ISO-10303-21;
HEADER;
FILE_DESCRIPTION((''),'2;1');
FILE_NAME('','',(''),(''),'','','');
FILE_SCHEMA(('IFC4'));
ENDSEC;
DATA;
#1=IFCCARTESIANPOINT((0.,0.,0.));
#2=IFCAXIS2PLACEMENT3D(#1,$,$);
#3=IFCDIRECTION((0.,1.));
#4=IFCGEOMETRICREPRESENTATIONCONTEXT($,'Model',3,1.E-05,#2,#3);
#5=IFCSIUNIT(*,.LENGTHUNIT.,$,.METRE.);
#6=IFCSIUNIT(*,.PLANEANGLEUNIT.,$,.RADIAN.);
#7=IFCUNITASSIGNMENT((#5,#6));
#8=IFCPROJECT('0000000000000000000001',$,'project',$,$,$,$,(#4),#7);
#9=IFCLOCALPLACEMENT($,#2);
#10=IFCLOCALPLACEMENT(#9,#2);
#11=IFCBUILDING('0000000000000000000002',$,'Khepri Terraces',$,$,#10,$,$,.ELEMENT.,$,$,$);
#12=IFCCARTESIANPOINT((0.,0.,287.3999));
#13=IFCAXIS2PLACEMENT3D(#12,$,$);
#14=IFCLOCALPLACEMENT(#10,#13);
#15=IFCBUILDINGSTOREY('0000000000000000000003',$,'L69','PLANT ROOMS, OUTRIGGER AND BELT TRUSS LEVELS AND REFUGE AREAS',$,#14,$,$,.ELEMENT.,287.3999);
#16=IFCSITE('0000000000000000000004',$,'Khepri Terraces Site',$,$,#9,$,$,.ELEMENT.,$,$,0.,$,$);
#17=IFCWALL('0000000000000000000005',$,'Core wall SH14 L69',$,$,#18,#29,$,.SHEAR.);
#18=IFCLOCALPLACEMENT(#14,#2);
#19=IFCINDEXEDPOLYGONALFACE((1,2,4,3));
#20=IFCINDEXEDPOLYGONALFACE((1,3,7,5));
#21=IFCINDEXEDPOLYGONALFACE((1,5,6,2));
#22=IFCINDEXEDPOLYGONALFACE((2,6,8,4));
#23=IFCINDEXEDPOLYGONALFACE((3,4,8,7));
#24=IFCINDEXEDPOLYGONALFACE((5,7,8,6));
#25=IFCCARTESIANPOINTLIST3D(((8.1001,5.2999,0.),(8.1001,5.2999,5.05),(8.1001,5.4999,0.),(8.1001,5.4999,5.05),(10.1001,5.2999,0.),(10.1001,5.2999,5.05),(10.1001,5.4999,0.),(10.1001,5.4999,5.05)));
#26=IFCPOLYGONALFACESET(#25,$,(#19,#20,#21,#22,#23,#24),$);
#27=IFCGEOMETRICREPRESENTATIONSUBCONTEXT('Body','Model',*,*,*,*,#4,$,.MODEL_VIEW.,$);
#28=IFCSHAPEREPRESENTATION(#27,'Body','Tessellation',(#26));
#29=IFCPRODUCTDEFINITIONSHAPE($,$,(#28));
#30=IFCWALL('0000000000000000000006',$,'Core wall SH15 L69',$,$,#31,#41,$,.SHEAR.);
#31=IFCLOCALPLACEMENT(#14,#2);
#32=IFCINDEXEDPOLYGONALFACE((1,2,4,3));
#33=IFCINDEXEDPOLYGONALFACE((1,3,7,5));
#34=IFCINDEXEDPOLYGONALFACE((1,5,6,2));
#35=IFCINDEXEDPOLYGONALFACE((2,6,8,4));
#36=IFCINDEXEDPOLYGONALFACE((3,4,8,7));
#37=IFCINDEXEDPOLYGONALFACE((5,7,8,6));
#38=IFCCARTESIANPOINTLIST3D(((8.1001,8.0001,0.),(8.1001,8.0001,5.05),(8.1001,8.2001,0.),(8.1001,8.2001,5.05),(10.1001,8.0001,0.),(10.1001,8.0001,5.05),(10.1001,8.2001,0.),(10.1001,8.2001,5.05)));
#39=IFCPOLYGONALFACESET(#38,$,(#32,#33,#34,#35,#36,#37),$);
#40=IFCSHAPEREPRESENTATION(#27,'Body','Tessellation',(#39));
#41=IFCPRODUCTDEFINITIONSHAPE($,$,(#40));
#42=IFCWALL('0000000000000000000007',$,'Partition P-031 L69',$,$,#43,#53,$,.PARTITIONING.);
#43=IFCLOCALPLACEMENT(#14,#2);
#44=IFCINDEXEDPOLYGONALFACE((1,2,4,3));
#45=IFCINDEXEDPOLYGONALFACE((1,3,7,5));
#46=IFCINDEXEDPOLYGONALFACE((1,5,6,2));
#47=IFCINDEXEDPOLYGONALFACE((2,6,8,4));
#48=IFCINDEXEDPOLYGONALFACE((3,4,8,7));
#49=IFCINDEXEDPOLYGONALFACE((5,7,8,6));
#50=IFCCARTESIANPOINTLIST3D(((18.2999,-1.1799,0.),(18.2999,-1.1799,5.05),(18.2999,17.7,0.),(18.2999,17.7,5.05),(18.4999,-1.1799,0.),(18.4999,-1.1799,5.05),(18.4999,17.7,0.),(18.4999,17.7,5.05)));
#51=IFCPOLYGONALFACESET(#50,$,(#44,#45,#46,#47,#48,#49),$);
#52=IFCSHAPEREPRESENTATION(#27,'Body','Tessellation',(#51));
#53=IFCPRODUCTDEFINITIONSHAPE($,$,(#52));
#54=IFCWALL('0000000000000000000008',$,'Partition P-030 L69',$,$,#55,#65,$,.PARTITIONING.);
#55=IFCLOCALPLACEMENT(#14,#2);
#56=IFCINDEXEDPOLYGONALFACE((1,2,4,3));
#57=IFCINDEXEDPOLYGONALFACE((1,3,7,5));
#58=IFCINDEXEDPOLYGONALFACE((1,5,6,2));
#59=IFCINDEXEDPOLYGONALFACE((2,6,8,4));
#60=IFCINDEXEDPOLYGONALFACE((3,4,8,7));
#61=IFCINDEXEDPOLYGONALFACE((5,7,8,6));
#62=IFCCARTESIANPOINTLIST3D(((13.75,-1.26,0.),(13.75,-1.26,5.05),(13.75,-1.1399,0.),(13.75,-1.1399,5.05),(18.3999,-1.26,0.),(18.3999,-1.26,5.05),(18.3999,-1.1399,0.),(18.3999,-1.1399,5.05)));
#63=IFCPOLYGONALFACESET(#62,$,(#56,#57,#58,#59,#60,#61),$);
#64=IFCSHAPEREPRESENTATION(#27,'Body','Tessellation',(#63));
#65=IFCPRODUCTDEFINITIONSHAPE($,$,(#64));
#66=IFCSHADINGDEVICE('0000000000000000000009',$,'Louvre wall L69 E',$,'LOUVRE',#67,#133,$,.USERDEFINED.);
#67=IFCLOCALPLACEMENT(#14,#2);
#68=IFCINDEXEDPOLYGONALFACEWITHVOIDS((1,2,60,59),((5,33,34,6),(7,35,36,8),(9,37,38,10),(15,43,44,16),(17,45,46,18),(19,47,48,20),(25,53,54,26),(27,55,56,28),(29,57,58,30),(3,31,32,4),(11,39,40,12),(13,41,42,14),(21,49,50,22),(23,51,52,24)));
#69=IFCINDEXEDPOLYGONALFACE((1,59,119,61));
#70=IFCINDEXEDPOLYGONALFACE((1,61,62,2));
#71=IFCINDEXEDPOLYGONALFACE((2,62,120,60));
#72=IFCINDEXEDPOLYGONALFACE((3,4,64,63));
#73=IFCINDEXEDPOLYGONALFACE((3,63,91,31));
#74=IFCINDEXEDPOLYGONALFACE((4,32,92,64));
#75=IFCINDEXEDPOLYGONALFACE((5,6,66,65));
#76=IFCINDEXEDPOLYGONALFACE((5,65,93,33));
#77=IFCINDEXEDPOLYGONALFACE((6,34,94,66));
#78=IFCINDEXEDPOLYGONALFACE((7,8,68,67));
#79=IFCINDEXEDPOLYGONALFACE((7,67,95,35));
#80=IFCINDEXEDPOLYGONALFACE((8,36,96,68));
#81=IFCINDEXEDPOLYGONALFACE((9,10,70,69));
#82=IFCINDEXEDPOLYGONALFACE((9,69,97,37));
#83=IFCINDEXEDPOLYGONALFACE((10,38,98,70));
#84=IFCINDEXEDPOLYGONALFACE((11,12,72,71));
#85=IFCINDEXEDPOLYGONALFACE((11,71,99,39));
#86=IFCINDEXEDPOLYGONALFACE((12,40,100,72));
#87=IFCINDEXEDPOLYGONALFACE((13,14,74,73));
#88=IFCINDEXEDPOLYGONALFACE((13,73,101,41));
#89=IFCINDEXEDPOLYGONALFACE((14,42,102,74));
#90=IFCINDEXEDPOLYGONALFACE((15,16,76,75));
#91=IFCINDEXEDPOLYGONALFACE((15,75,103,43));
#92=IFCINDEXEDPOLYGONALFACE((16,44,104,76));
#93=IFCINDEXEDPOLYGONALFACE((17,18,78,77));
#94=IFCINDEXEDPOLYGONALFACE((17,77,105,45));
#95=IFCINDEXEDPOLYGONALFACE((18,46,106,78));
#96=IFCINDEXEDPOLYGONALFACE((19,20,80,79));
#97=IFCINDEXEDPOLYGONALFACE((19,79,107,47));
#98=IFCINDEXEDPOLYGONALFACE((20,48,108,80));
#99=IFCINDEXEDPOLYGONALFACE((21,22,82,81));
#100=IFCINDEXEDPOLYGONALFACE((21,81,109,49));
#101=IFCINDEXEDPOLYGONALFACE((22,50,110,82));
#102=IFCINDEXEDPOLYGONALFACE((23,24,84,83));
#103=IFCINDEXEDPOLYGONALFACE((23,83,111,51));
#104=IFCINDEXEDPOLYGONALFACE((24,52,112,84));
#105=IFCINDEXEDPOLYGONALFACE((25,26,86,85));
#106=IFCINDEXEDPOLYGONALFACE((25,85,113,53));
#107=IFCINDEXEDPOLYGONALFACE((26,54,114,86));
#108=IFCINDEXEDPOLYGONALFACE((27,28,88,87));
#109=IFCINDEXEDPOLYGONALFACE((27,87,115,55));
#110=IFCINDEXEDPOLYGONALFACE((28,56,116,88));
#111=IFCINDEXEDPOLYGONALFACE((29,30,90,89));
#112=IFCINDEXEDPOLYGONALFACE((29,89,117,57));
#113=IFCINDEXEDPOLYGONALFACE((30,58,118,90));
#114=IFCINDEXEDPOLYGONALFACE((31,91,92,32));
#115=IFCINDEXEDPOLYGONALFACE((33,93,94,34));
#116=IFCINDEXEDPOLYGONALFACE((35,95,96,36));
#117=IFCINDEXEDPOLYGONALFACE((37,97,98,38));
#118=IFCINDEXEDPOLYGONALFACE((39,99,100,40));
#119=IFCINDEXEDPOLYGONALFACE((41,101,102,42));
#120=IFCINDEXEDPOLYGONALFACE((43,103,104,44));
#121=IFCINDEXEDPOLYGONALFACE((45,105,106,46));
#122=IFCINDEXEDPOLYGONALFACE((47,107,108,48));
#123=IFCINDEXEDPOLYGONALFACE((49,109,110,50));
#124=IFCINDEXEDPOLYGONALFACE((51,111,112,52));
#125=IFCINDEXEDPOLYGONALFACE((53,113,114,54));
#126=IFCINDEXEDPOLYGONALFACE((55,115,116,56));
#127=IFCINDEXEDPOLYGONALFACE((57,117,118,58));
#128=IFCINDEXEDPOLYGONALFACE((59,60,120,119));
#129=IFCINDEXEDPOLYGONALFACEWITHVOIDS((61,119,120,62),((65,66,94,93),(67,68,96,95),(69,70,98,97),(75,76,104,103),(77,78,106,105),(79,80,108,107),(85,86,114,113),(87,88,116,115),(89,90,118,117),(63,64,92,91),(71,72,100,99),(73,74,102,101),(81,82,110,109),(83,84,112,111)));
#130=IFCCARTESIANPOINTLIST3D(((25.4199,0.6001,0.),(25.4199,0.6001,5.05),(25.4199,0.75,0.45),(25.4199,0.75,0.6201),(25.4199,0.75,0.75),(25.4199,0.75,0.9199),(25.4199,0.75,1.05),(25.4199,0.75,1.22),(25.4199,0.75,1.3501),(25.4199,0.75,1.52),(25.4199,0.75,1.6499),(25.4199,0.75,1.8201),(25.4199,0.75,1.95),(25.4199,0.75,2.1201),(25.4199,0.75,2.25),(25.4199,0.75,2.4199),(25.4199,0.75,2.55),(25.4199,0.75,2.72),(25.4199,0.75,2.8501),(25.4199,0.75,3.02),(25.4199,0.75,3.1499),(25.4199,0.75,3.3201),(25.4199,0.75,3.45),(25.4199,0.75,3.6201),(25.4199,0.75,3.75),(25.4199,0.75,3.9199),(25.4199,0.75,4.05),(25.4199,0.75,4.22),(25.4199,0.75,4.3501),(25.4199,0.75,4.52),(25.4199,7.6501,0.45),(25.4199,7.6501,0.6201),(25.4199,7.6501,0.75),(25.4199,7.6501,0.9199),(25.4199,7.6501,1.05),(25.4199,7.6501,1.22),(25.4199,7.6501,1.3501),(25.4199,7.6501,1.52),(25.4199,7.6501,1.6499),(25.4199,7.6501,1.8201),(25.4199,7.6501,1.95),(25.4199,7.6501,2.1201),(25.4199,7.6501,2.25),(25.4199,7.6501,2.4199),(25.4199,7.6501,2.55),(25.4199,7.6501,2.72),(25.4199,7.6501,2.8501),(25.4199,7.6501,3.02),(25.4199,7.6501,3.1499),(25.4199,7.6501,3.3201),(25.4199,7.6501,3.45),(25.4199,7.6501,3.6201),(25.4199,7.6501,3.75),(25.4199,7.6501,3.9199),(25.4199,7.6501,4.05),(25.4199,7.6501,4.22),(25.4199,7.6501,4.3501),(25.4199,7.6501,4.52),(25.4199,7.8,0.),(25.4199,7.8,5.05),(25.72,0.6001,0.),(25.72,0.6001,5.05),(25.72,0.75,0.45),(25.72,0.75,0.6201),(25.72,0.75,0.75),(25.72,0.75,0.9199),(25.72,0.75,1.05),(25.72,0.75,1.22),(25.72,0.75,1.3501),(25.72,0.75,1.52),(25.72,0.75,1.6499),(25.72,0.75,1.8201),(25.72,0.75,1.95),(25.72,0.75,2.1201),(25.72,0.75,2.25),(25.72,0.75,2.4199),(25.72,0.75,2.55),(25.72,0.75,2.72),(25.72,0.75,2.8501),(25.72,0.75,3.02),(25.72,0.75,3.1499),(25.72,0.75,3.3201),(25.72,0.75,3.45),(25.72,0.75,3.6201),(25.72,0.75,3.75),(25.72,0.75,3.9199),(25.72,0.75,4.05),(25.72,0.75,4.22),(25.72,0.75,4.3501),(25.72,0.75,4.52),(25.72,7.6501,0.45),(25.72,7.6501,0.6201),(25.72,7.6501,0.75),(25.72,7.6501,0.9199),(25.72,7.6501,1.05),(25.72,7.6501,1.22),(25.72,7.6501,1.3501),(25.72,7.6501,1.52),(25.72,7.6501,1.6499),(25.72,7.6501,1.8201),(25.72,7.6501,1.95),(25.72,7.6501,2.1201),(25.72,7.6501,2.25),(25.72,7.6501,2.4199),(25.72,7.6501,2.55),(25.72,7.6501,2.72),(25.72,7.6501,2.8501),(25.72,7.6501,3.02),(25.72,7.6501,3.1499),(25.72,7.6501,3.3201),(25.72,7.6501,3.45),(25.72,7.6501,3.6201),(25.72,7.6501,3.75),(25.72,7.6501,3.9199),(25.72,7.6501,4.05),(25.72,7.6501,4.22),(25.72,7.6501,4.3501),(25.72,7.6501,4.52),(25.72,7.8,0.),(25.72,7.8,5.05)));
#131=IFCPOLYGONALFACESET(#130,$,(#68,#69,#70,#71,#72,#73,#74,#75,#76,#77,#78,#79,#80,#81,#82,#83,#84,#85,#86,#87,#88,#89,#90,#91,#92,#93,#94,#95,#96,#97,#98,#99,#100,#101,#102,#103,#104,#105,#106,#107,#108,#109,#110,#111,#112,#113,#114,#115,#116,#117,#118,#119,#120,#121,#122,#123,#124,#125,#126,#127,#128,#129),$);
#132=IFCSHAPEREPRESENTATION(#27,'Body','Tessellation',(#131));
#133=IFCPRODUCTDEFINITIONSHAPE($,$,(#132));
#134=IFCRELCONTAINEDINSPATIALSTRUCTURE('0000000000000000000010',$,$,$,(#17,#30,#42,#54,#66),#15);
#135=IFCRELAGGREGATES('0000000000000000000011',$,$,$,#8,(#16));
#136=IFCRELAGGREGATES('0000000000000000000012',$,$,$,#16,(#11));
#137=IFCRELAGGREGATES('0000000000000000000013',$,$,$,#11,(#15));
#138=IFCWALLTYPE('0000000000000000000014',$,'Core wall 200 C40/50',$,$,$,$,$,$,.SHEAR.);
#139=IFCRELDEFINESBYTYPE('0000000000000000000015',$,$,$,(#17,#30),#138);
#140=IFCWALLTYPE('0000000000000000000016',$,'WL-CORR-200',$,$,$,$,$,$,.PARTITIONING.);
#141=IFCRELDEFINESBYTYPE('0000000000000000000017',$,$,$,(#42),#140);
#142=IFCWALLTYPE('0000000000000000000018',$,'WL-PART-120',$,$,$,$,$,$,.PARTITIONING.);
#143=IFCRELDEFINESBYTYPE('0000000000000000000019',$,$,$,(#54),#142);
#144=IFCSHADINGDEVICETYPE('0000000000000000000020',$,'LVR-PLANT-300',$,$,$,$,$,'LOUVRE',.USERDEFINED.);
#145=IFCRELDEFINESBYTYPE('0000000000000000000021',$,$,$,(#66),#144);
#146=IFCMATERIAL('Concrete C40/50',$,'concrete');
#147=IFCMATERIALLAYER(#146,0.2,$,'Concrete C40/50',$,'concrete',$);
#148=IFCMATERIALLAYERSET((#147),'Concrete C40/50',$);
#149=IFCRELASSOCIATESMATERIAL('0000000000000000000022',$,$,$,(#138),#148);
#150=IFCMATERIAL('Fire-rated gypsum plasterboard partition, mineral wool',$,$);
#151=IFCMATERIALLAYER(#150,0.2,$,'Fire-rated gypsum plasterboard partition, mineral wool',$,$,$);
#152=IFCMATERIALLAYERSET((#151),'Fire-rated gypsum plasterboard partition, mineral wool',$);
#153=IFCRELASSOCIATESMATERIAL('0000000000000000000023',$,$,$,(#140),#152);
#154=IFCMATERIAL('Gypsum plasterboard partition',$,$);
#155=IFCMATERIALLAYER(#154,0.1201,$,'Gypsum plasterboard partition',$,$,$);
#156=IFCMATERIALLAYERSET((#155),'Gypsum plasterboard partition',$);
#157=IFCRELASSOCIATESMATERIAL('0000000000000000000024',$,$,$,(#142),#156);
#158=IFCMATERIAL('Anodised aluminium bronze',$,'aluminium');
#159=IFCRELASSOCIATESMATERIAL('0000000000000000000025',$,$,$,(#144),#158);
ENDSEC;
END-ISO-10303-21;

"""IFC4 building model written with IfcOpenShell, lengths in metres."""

from ifc_helpers import new_model, si_unit, direction, frame, frame_2d, origin, place, context, subcontext, project, spatial, polyline, rectangle, outline, extrude, material, layer, layer_set, type_object, element, save


model = new_model("IFC4")

# Units and contexts
model_context = context("Model", 3, precision=1e-05, world=origin(), true_north=direction((0.0, 1.0)))
body_context = subcontext(model_context, "Body", "Model", "MODEL_VIEW")
ifc_project = project(units=[si_unit("LENGTHUNIT", "METRE"), si_unit("PLANEANGLEUNIT", "RADIAN")], contexts=[model_context])

# Site, building, storey
site_placement = place(None, origin())
site = spatial("IfcSite", under=ifc_project, at=site_placement, Name="Khepri Terraces Site", CompositionType="ELEMENT", RefElevation=0.0)
building_placement = place(site_placement, origin())
building = spatial("IfcBuilding", under=site, at=building_placement, Name="Khepri Terraces", CompositionType="ELEMENT")
storey_placement = place(building_placement, frame((0.0, 0.0, 287.3999)))
storey = spatial("IfcBuildingStorey", under=building, at=storey_placement, Name="L69", Description="PLANT ROOMS, OUTRIGGER AND BELT TRUSS LEVELS AND REFUGE AREAS", CompositionType="ELEMENT", Elevation=287.3999)

# Shared definitions
ifc_material_1 = material(Name="Concrete C40/50", Category="concrete")

# Walls
ifc_layer_1 = layer(ifc_material_1, 0.2, Name="Concrete C40/50", Category="concrete")
ifc_layer_set_1 = layer_set([ifc_layer_1], Name="Concrete C40/50")
wall_type_1 = type_object("IfcWallType", Name="Core wall 200 C40/50", PredefinedType="SHEAR", material=ifc_layer_set_1)
for number, where, z_axis, x_axis, name in (
    (1, (8.1001, 5.3999, 0.0), (0.0, 0.0, 1.0), (1.0, 0.0, 0.0), "Core wall SH14 L69"),
    (2, (8.1001, 8.1001, 0.0), (0.0, 0.0, 1.0), (1.0, 0.0, 0.0), "Core wall SH15 L69"),
):
    element("IfcWall", number, at=place(storey_placement, frame(where, z_axis=z_axis, x_axis=x_axis)), inside=storey, type_object=wall_type_1, Name=name, PredefinedType="SHEAR", context=body_context, shape_type="SweptSolid", body=[
        extrude(rectangle(XDim=2.0, YDim=0.2, at=frame_2d((1.0, 0.0))), origin(), (0.0, 0.0, 1.0), 5.05),
    ])
ifc_material_2 = material(Name="Fire-rated gypsum plasterboard partition, mineral wool")
ifc_layer_2 = layer(ifc_material_2, 0.2, Name="Fire-rated gypsum plasterboard partition, mineral wool")
ifc_layer_set_2 = layer_set([ifc_layer_2], Name="Fire-rated gypsum plasterboard partition, mineral wool")
wall_type_2 = type_object("IfcWallType", Name="WL-CORR-200", PredefinedType="PARTITIONING", material=ifc_layer_set_2)
wall_1_placement = place(storey_placement, frame((18.3999, -1.1799, 0.0), z_axis=(0.0, 0.0, 1.0), x_axis=(0.0, 1.0, 0.0)))
element("IfcWall", 3, at=wall_1_placement, inside=storey, type_object=wall_type_2, Name="Partition P-031 L69", PredefinedType="PARTITIONING", context=body_context, shape_type="SweptSolid", body=[
    extrude(rectangle(XDim=18.8799, YDim=0.2, at=frame_2d((9.4399, 0.0))), origin(), (0.0, 0.0, 1.0), 5.05),
])
ifc_material_3 = material(Name="Gypsum plasterboard partition")
ifc_layer_3 = layer(ifc_material_3, 0.1201, Name="Gypsum plasterboard partition")
ifc_layer_set_3 = layer_set([ifc_layer_3], Name="Gypsum plasterboard partition")
wall_type_3 = type_object("IfcWallType", Name="WL-PART-120", PredefinedType="PARTITIONING", material=ifc_layer_set_3)
wall_2_placement = place(storey_placement, frame((13.75, -1.2, 0.0), z_axis=(0.0, 0.0, 1.0), x_axis=(1.0, 0.0, 0.0)))
element("IfcWall", 4, at=wall_2_placement, inside=storey, type_object=wall_type_3, Name="Partition P-030 L69", PredefinedType="PARTITIONING", context=body_context, shape_type="SweptSolid", body=[
    extrude(rectangle(XDim=4.6499, YDim=0.1201, at=frame_2d((2.325, 0.0))), origin(), (0.0, 0.0, 1.0), 5.05),
])

# Shading device
ifc_material_4 = material(Name="Anodised aluminium bronze", Category="aluminium")
shading_device_type = type_object("IfcShadingDeviceType", Name="LVR-PLANT-300", ElementType="LOUVRE", PredefinedType="USERDEFINED", material=ifc_material_4)
shading_device_1_placement = place(storey_placement, frame((25.4199, 0.6001, 0.0), z_axis=(1.0, 0.0, 0.0), x_axis=(0.0, 1.0, 0.0)))
element("IfcShadingDevice", 5, at=shading_device_1_placement, inside=storey, type_object=shading_device_type, Name="Louvre wall L69 E", ObjectType="LOUVRE", PredefinedType="USERDEFINED", context=body_context, shape_type="SweptSolid", body=[
    extrude(outline(polyline([(0.0, 0.0), (7.2, 0.0), (7.2, 5.05), (0.0, 5.05), (0.0, 0.0)]), holes=[polyline([(0.1499, 0.45), (7.05, 0.45), (7.05, 0.6201), (0.1499, 0.6201), (0.1499, 0.45)]), polyline([(0.1499, 0.75), (7.05, 0.75), (7.05, 0.9199), (0.1499, 0.9199), (0.1499, 0.75)]), polyline([(0.1499, 1.05), (7.05, 1.05), (7.05, 1.22), (0.1499, 1.22), (0.1499, 1.05)]), polyline([(0.1499, 1.3501), (7.05, 1.3501), (7.05, 1.52), (0.1499, 1.52), (0.1499, 1.3501)]), polyline([(0.1499, 1.6499), (7.05, 1.6499), (7.05, 1.8201), (0.1499, 1.8201), (0.1499, 1.6499)]), polyline([(0.1499, 1.95), (7.05, 1.95), (7.05, 2.1201), (0.1499, 2.1201), (0.1499, 1.95)]), polyline([(0.1499, 2.25), (7.05, 2.25), (7.05, 2.4199), (0.1499, 2.4199), (0.1499, 2.25)]), polyline([(0.1499, 2.55), (7.05, 2.55), (7.05, 2.72), (0.1499, 2.72), (0.1499, 2.55)]), polyline([(0.1499, 2.8501), (7.05, 2.8501), (7.05, 3.02), (0.1499, 3.02), (0.1499, 2.8501)]), polyline([(0.1499, 3.1499), (7.05, 3.1499), (7.05, 3.3201), (0.1499, 3.3201), (0.1499, 3.1499)]), polyline([(0.1499, 3.45), (7.05, 3.45), (7.05, 3.6201), (0.1499, 3.6201), (0.1499, 3.45)]), polyline([(0.1499, 3.75), (7.05, 3.75), (7.05, 3.9199), (0.1499, 3.9199), (0.1499, 3.75)]), polyline([(0.1499, 4.05), (7.05, 4.05), (7.05, 4.22), (0.1499, 4.22), (0.1499, 4.05)]), polyline([(0.1499, 4.3501), (7.05, 4.3501), (7.05, 4.52), (0.1499, 4.52), (0.1499, 4.3501)])]), origin(), (0.0, 0.0, 1.0), 0.3),
])

save(model, "model.ifc")
